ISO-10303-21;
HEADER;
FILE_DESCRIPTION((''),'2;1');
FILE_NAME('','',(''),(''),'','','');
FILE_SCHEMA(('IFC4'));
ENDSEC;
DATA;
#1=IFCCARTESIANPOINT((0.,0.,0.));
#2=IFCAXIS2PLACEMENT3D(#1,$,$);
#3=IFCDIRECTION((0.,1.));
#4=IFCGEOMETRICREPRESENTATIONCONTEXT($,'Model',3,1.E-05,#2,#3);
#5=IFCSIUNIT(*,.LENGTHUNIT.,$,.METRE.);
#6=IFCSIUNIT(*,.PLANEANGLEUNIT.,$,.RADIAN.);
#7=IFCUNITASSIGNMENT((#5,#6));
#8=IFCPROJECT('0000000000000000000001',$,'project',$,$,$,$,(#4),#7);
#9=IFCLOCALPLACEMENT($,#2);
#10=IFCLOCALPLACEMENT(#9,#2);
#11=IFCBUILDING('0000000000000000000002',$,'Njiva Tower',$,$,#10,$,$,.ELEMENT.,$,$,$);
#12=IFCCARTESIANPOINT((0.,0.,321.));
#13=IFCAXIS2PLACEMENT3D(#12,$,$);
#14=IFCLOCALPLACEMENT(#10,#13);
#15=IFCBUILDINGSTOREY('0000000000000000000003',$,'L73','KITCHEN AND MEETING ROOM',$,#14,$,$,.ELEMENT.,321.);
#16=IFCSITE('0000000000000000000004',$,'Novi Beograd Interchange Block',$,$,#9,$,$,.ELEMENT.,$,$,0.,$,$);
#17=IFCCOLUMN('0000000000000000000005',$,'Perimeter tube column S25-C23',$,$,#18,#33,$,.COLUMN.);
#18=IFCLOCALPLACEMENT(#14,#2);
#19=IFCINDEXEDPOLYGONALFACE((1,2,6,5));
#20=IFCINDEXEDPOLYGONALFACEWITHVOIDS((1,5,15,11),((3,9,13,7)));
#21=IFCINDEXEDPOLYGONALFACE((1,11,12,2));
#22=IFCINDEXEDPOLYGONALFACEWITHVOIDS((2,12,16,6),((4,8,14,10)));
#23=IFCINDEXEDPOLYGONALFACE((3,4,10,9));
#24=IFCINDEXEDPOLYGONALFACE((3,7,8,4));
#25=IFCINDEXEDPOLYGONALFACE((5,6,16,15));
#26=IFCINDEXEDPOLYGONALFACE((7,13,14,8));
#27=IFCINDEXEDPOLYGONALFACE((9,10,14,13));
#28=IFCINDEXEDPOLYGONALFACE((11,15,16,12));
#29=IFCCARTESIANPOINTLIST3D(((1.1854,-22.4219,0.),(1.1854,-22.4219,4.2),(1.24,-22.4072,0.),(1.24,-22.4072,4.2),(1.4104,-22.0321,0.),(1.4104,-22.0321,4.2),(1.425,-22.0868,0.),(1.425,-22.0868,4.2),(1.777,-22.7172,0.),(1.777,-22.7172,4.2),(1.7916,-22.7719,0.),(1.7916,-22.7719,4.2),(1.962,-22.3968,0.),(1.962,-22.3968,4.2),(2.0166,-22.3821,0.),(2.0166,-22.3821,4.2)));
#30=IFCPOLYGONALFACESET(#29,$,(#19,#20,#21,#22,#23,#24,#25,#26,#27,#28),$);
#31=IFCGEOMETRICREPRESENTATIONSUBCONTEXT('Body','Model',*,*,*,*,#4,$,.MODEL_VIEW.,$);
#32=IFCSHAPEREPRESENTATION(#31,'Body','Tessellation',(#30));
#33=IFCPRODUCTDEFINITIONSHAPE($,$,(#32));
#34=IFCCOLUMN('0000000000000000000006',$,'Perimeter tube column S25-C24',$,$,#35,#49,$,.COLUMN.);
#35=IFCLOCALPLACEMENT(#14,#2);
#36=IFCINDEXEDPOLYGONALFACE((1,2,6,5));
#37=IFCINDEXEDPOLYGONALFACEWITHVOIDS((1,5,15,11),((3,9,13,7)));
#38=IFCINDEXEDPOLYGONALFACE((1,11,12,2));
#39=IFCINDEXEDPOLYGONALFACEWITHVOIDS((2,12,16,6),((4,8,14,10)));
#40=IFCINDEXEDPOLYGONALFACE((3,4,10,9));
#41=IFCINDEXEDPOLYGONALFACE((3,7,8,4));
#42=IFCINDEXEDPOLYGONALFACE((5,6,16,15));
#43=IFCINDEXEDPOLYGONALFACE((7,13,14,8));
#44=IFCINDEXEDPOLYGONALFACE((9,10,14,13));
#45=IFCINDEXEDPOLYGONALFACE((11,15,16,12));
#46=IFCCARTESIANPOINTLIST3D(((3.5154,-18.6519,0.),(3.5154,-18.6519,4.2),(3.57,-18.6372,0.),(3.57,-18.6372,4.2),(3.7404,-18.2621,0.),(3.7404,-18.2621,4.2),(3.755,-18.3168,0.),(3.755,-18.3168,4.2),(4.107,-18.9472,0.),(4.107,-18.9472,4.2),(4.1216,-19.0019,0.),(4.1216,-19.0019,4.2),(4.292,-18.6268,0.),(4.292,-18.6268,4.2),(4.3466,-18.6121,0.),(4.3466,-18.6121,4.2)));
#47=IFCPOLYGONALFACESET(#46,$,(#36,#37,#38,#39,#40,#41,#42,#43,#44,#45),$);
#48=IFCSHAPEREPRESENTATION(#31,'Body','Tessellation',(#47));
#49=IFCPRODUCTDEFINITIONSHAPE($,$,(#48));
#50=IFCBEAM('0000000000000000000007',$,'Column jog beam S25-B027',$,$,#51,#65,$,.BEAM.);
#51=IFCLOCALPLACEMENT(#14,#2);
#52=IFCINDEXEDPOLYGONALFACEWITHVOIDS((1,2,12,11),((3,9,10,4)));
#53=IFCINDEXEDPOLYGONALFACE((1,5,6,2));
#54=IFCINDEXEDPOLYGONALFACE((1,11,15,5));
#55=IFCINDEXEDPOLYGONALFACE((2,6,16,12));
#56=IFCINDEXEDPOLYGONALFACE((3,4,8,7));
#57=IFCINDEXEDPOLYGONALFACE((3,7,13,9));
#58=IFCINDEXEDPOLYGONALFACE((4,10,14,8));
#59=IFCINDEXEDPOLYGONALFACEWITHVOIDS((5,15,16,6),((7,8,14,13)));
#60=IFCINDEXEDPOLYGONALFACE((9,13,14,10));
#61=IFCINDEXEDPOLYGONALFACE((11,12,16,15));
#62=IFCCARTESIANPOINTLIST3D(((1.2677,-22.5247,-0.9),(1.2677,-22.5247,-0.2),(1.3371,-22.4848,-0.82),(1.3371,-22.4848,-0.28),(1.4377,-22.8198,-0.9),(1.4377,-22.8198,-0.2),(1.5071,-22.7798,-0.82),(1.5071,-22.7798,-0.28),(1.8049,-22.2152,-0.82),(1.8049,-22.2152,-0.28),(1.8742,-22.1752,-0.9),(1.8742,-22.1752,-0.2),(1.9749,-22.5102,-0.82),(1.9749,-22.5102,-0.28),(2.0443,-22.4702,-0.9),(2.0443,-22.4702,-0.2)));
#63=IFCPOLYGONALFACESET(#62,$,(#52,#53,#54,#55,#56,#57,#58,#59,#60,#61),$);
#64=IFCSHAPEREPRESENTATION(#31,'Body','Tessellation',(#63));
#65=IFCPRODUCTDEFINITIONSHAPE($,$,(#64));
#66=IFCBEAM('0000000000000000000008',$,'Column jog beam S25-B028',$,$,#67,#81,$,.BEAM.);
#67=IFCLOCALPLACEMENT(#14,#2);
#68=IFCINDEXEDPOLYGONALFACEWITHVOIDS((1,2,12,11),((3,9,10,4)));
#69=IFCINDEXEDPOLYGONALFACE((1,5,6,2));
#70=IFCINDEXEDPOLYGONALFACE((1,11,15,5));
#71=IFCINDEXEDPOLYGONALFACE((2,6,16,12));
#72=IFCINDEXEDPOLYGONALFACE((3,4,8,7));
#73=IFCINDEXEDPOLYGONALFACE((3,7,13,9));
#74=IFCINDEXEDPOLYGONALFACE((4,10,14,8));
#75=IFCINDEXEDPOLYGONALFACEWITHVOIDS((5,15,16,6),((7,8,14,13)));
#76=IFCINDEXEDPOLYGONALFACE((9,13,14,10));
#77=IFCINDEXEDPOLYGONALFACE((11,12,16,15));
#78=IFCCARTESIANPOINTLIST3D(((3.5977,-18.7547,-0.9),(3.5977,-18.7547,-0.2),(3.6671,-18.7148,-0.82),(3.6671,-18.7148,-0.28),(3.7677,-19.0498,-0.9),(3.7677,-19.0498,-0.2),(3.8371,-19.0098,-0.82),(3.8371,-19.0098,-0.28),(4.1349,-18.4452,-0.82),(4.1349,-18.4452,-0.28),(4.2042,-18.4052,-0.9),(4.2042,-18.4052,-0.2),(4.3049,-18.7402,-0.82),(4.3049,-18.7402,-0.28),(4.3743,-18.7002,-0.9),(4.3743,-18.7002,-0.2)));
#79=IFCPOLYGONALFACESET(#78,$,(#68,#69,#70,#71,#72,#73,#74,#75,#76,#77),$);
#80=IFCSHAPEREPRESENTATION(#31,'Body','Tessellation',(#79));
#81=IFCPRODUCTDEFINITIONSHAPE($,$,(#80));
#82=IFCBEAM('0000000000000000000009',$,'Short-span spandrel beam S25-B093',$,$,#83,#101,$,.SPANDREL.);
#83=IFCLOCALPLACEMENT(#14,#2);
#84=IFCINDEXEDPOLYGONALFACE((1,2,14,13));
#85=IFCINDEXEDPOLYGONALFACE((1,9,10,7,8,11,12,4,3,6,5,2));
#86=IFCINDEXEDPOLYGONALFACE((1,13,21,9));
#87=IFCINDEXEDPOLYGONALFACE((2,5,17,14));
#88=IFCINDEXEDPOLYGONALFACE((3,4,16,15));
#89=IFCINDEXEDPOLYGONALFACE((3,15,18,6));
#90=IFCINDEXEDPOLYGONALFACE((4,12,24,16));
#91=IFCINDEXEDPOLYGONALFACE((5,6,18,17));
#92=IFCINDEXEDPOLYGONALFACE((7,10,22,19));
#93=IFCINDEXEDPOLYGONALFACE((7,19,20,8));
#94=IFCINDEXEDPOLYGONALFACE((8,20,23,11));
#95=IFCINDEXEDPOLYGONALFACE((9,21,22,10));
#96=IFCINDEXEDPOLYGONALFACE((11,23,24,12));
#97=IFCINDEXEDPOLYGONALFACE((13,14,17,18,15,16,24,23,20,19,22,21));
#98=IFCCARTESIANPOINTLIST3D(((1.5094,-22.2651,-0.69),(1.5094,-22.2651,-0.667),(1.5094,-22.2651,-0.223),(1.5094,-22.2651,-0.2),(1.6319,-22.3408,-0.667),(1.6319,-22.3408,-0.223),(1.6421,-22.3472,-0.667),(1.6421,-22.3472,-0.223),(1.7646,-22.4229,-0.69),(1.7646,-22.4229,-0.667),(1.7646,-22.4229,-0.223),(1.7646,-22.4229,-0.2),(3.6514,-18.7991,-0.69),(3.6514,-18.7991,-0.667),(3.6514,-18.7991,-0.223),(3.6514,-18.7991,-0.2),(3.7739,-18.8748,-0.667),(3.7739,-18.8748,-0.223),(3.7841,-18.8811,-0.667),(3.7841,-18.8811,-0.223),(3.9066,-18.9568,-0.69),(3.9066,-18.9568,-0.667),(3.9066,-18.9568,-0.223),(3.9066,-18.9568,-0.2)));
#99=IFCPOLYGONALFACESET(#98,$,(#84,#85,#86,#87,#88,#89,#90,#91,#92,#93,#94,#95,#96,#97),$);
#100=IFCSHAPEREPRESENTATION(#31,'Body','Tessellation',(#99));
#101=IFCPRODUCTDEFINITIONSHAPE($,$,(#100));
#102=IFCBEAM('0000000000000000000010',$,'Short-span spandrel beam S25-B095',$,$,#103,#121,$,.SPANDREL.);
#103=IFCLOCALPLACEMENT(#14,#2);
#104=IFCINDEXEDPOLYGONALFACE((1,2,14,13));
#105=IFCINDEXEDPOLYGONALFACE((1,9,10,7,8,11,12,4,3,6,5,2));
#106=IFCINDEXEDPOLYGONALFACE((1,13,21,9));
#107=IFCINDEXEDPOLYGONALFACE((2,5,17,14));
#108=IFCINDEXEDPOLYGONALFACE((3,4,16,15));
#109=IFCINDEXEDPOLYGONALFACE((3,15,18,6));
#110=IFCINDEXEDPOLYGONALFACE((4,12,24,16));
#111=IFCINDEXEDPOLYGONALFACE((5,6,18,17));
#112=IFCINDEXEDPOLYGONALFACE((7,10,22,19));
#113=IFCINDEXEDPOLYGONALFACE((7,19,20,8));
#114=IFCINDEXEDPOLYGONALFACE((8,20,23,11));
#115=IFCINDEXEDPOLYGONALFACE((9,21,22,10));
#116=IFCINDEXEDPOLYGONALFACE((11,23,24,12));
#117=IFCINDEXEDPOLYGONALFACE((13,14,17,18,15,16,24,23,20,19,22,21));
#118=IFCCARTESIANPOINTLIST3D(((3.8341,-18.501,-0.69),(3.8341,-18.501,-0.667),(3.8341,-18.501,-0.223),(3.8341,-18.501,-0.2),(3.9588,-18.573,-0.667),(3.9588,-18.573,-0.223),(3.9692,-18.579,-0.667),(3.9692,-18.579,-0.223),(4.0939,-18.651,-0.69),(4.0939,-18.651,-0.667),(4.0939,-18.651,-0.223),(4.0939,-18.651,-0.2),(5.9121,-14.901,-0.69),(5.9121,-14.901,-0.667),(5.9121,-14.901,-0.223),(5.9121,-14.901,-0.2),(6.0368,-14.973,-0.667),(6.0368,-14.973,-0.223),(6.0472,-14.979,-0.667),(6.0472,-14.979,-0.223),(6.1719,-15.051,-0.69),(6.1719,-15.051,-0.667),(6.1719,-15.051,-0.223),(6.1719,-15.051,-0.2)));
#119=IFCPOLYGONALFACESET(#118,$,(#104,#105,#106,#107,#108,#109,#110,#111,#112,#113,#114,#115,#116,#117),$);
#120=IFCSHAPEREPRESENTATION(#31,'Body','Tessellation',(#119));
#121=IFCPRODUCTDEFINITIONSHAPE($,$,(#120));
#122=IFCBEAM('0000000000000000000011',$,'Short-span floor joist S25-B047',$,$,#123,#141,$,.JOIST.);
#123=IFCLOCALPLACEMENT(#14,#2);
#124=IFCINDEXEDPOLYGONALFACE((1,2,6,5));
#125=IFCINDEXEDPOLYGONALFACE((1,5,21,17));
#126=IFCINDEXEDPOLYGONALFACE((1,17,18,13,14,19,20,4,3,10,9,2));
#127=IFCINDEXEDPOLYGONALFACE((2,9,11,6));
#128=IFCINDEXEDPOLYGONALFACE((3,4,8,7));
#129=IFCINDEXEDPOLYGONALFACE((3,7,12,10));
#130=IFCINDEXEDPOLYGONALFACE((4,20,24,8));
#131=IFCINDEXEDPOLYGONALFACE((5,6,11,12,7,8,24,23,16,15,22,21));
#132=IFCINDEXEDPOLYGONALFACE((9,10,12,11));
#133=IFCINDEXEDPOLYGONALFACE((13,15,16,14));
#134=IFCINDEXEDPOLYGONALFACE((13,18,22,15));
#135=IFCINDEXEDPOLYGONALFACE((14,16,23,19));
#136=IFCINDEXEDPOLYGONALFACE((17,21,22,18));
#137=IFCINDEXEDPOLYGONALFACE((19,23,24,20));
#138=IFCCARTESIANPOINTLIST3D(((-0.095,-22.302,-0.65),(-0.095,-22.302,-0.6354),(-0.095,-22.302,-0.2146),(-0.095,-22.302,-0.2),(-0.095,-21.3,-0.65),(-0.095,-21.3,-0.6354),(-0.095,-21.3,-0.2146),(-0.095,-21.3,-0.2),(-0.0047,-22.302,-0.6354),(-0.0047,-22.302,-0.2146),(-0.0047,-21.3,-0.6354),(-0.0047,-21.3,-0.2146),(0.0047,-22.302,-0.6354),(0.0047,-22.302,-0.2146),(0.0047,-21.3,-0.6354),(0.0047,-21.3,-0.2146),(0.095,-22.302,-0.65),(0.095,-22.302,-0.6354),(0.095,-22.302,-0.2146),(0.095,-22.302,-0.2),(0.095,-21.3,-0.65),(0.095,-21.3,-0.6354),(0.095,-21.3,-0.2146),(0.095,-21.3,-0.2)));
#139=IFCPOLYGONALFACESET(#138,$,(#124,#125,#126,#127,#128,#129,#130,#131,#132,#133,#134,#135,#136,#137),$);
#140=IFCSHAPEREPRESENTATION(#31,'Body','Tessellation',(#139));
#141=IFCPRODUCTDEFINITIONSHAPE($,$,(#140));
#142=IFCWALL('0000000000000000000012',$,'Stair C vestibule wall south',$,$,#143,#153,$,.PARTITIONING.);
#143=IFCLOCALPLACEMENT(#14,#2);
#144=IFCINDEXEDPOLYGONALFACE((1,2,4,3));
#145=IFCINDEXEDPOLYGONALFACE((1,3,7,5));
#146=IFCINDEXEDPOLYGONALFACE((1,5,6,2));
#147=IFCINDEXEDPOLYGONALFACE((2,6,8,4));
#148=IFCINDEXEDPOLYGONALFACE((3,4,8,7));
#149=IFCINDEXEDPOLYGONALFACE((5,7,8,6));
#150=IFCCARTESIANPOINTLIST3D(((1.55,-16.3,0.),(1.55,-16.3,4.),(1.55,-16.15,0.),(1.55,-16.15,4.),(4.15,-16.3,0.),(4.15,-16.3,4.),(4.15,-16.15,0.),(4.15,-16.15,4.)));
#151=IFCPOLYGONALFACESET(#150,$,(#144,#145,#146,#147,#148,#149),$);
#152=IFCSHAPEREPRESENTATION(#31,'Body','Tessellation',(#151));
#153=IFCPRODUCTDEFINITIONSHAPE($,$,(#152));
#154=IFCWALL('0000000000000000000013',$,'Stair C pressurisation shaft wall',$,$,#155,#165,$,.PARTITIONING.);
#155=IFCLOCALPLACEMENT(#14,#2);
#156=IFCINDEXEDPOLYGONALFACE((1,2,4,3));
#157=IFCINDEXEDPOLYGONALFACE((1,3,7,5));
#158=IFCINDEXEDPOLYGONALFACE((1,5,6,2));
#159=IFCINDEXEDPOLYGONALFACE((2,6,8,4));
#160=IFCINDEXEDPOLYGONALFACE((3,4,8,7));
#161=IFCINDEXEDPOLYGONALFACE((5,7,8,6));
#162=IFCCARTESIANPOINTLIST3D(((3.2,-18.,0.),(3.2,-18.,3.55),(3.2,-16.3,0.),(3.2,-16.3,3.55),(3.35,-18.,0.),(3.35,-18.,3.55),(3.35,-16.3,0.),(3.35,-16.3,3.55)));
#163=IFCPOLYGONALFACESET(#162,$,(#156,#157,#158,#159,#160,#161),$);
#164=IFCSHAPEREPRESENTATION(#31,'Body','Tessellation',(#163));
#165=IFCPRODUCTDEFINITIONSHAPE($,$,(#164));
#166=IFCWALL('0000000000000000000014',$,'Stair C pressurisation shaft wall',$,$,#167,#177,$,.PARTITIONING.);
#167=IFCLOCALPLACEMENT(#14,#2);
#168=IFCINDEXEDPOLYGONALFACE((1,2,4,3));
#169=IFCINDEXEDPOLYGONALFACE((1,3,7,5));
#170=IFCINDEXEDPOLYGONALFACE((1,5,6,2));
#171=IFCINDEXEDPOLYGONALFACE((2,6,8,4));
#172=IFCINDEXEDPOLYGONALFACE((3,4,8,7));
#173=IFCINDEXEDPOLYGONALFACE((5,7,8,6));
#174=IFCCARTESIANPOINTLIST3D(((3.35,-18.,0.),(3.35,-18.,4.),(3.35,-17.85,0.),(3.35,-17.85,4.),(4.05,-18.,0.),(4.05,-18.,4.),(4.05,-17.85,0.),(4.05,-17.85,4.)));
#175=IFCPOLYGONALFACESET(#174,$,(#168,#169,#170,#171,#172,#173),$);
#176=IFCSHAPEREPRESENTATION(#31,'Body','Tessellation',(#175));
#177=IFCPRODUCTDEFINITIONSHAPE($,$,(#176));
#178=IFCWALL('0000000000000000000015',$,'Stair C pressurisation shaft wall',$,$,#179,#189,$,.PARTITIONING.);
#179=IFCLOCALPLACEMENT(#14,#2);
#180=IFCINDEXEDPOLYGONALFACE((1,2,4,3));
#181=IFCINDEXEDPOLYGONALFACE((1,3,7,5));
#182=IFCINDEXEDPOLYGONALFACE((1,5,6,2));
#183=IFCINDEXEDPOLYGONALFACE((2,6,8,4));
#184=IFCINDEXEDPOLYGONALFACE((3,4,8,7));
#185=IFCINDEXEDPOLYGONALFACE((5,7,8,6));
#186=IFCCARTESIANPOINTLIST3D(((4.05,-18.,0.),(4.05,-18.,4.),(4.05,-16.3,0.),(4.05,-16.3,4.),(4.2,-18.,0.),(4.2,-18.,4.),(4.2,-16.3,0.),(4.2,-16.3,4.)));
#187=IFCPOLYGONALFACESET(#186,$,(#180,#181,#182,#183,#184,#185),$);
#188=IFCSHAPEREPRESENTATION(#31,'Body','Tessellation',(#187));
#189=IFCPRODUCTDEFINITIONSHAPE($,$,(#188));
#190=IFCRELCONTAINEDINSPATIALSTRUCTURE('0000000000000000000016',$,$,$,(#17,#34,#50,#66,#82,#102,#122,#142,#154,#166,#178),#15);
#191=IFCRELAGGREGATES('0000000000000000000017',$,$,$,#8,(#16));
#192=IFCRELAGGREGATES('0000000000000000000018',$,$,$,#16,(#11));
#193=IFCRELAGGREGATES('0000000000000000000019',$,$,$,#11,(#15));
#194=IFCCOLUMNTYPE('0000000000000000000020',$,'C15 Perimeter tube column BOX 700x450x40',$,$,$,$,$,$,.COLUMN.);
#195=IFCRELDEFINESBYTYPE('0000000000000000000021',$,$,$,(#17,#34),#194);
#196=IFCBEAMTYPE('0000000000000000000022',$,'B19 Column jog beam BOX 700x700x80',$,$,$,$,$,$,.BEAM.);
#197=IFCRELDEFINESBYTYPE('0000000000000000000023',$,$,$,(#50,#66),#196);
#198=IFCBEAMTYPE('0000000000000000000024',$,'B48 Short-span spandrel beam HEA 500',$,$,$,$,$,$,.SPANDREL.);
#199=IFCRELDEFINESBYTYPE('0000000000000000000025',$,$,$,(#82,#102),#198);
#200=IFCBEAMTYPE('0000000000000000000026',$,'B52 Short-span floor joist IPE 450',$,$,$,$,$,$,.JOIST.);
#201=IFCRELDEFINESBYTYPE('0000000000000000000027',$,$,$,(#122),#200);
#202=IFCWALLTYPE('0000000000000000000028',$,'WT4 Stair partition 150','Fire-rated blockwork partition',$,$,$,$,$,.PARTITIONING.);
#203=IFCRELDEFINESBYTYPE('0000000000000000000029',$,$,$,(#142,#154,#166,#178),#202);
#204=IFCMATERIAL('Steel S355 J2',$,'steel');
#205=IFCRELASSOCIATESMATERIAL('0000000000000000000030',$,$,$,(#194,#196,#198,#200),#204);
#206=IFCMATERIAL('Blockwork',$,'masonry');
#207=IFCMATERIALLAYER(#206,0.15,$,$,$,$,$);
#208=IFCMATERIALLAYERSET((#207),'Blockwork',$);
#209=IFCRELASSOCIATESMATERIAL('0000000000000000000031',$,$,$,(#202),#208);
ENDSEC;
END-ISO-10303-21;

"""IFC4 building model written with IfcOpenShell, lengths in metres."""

from ifc_helpers import new_model, si_unit, direction, frame, frame_2d, origin, origin_2d, place, context, subcontext, project, spatial, rectangle, hollow_rectangle, i_section, extrude, material, layer, layer_set, material_profile, profile_set, type_object, element, save


model = new_model("IFC4")

# Units and contexts
model_context = context("Model", 3, precision=1e-05, world=origin(), true_north=direction((0.0, 1.0)))
body_context = subcontext(model_context, "Body", "Model", "MODEL_VIEW")
ifc_project = project(units=[si_unit("LENGTHUNIT", "METRE"), si_unit("PLANEANGLEUNIT", "RADIAN")], contexts=[model_context])

# Site, building, storey
site_placement = place(None, origin())
site = spatial("IfcSite", under=ifc_project, at=site_placement, Name="Novi Beograd Interchange Block", CompositionType="ELEMENT", RefElevation=0.0)
building_placement = place(site_placement, origin())
building = spatial("IfcBuilding", under=site, at=building_placement, Name="Njiva Tower", CompositionType="ELEMENT")
storey_placement = place(building_placement, frame((0.0, 0.0, 321.0)))
storey = spatial("IfcBuildingStorey", under=building, at=storey_placement, Name="L73", Description="KITCHEN AND MEETING ROOM", CompositionType="ELEMENT", Elevation=321.0)

# Columns
ifc_material_1 = material(Name="Steel S355 J2", Category="steel")
ifc_material_profile_1 = material_profile(ifc_material_1, hollow_rectangle(XDim=0.45, YDim=0.7, WallThickness=0.04, at=origin_2d()), Name="BOX 700x450x40")
ifc_profile_set_1 = profile_set([ifc_material_profile_1], Name="Steel S355 J2")
column_type = type_object("IfcColumnType", Name="C15 Perimeter tube column BOX 700x450x40", PredefinedType="COLUMN", material=ifc_profile_set_1)
for number, where, z_axis, x_axis, name in (
    (1, (1.601, -22.402, 0.0), (0.0, 0.0, 1.0), (0.5, 0.866025, 0.0), "Perimeter tube column S25-C23"),
    (2, (3.931, -18.632, 0.0), (0.0, 0.0, 1.0), (0.5, 0.866025, 0.0), "Perimeter tube column S25-C24"),
):
    element("IfcColumn", number, at=place(storey_placement, frame(where, z_axis=z_axis, x_axis=x_axis)), inside=storey, type_object=column_type, Name=name, PredefinedType="COLUMN", context=body_context, shape_type="SweptSolid", body=[
        extrude(hollow_rectangle(XDim=0.45, YDim=0.7, WallThickness=0.04, at=origin_2d()), origin(), (0.0, 0.0, 1.0), 4.2),
    ])

# Beams
ifc_material_profile_2 = material_profile(ifc_material_1, hollow_rectangle(XDim=0.7, YDim=0.7, WallThickness=0.08, at=origin_2d()), Name="BOX 700x700x80")
ifc_profile_set_2 = profile_set([ifc_material_profile_2], Name="Steel S355 J2")
beam_type_1 = type_object("IfcBeamType", Name="B19 Column jog beam BOX 700x700x80", PredefinedType="BEAM", material=ifc_profile_set_2)
for number, where, z_axis, x_axis, name in (
    (3, (1.741, -22.645, -0.55), (-0.499299, 0.86643, 0.0), (-0.86643, -0.499299, 0.0), "Column jog beam S25-B027"),
    (4, (4.071, -18.875, -0.55), (-0.499299, 0.86643, 0.0), (-0.86643, -0.499299, 0.0), "Column jog beam S25-B028"),
):
    element("IfcBeam", number, at=place(storey_placement, frame(where, z_axis=z_axis, x_axis=x_axis)), inside=storey, type_object=beam_type_1, Name=name, PredefinedType="BEAM", context=body_context, shape_type="SweptSolid", body=[
        extrude(hollow_rectangle(XDim=0.7, YDim=0.7, WallThickness=0.08, at=origin_2d()), origin(), (0.0, 0.0, 1.0), 0.3405),
    ])
ifc_material_profile_3 = material_profile(ifc_material_1, i_section(OverallWidth=0.3, OverallDepth=0.49, WebThickness=0.012, FlangeThickness=0.023, at=origin_2d()), Name="HEA 500")
ifc_profile_set_3 = profile_set([ifc_material_profile_3], Name="Steel S355 J2")
beam_type_2 = type_object("IfcBeamType", Name="B48 Short-span spandrel beam HEA 500", PredefinedType="SPANDREL", material=ifc_profile_set_3)
beam_1_placement = place(storey_placement, frame((1.637, -22.344, -0.445), z_axis=(0.525712, 0.850662, 0.0), x_axis=(-0.850662, 0.525712, 0.0)))
element("IfcBeam", 5, at=beam_1_placement, inside=storey, type_object=beam_type_2, Name="Short-span spandrel beam S25-B093", PredefinedType="SPANDREL", context=body_context, shape_type="SweptSolid", body=[
    extrude(i_section(OverallWidth=0.3, OverallDepth=0.49, WebThickness=0.012, FlangeThickness=0.023, at=origin_2d()), origin(), (0.0, 0.0, 1.0), 4.0745),
])
beam_2_placement = place(storey_placement, frame((3.964, -18.576, -0.445), z_axis=(0.499917, 0.866073, 0.0), x_axis=(-0.866073, 0.499917, 0.0)))
element("IfcBeam", 6, at=beam_2_placement, inside=storey, type_object=beam_type_2, Name="Short-span spandrel beam S25-B095", PredefinedType="SPANDREL", context=body_context, shape_type="SweptSolid", body=[
    extrude(i_section(OverallWidth=0.3, OverallDepth=0.49, WebThickness=0.012, FlangeThickness=0.023, at=origin_2d()), origin(), (0.0, 0.0, 1.0), 4.1567),
])
ifc_material_profile_4 = material_profile(ifc_material_1, i_section(OverallWidth=0.19, OverallDepth=0.45, WebThickness=0.0094, FlangeThickness=0.0146, at=origin_2d()), Name="IPE 450")
ifc_profile_set_4 = profile_set([ifc_material_profile_4], Name="Steel S355 J2")
beam_type_3 = type_object("IfcBeamType", Name="B52 Short-span floor joist IPE 450", PredefinedType="JOIST", material=ifc_profile_set_4)
beam_3_placement = place(storey_placement, frame((0.0, -21.3, -0.425), z_axis=(0.0, -1.0, 0.0), x_axis=(1.0, 0.0, 0.0)))
element("IfcBeam", 7, at=beam_3_placement, inside=storey, type_object=beam_type_3, Name="Short-span floor joist S25-B047", PredefinedType="JOIST", context=body_context, shape_type="SweptSolid", body=[
    extrude(i_section(OverallWidth=0.19, OverallDepth=0.45, WebThickness=0.0094, FlangeThickness=0.0146, at=origin_2d()), origin(), (0.0, 0.0, 1.0), 1.002),
])

# Walls
ifc_material_2 = material(Name="Blockwork", Category="masonry")
ifc_layer_1 = layer(ifc_material_2, 0.15)
ifc_layer_set_1 = layer_set([ifc_layer_1], Name="Blockwork")
wall_type_1 = type_object("IfcWallType", Name="WT4 Stair partition 150", Description="Fire-rated blockwork partition", PredefinedType="PARTITIONING", material=ifc_layer_set_1)
wall_1_placement = place(storey_placement, frame((1.55, -16.225, 0.0), z_axis=(0.0, 0.0, 1.0), x_axis=(1.0, 0.0, 0.0)))
element("IfcWall", 8, at=wall_1_placement, inside=storey, type_object=wall_type_1, Name="Stair C vestibule wall south", PredefinedType="PARTITIONING", context=body_context, shape_type="SweptSolid", body=[
    extrude(rectangle(XDim=2.6, YDim=0.15, at=frame_2d((1.3, 0.0))), origin(), (0.0, 0.0, 1.0), 4.0),
])
wall_2_placement = place(storey_placement, frame((3.275, -18.0, 0.0), z_axis=(0.0, 0.0, 1.0), x_axis=(0.0, 1.0, 0.0)))
element("IfcWall", 9, at=wall_2_placement, inside=storey, type_object=wall_type_1, Name="Stair C pressurisation shaft wall", PredefinedType="PARTITIONING", context=body_context, shape_type="SweptSolid", body=[
    extrude(rectangle(XDim=1.7, YDim=0.15, at=frame_2d((0.85, 0.0))), origin(), (0.0, 0.0, 1.0), 3.55),
])
wall_3_placement = place(storey_placement, frame((3.35, -17.925, 0.0), z_axis=(0.0, 0.0, 1.0), x_axis=(1.0, 0.0, 0.0)))
element("IfcWall", 10, at=wall_3_placement, inside=storey, type_object=wall_type_1, Name="Stair C pressurisation shaft wall", PredefinedType="PARTITIONING", context=body_context, shape_type="SweptSolid", body=[
    extrude(rectangle(XDim=0.7, YDim=0.15, at=frame_2d((0.35, 0.0))), origin(), (0.0, 0.0, 1.0), 4.0),
])
wall_4_placement = place(storey_placement, frame((4.125, -18.0, 0.0), z_axis=(0.0, 0.0, 1.0), x_axis=(0.0, 1.0, 0.0)))
element("IfcWall", 11, at=wall_4_placement, inside=storey, type_object=wall_type_1, Name="Stair C pressurisation shaft wall", PredefinedType="PARTITIONING", context=body_context, shape_type="SweptSolid", body=[
    extrude(rectangle(XDim=1.7, YDim=0.15, at=frame_2d((0.85, 0.0))), origin(), (0.0, 0.0, 1.0), 4.0),
])

save(model, "model.ifc")
